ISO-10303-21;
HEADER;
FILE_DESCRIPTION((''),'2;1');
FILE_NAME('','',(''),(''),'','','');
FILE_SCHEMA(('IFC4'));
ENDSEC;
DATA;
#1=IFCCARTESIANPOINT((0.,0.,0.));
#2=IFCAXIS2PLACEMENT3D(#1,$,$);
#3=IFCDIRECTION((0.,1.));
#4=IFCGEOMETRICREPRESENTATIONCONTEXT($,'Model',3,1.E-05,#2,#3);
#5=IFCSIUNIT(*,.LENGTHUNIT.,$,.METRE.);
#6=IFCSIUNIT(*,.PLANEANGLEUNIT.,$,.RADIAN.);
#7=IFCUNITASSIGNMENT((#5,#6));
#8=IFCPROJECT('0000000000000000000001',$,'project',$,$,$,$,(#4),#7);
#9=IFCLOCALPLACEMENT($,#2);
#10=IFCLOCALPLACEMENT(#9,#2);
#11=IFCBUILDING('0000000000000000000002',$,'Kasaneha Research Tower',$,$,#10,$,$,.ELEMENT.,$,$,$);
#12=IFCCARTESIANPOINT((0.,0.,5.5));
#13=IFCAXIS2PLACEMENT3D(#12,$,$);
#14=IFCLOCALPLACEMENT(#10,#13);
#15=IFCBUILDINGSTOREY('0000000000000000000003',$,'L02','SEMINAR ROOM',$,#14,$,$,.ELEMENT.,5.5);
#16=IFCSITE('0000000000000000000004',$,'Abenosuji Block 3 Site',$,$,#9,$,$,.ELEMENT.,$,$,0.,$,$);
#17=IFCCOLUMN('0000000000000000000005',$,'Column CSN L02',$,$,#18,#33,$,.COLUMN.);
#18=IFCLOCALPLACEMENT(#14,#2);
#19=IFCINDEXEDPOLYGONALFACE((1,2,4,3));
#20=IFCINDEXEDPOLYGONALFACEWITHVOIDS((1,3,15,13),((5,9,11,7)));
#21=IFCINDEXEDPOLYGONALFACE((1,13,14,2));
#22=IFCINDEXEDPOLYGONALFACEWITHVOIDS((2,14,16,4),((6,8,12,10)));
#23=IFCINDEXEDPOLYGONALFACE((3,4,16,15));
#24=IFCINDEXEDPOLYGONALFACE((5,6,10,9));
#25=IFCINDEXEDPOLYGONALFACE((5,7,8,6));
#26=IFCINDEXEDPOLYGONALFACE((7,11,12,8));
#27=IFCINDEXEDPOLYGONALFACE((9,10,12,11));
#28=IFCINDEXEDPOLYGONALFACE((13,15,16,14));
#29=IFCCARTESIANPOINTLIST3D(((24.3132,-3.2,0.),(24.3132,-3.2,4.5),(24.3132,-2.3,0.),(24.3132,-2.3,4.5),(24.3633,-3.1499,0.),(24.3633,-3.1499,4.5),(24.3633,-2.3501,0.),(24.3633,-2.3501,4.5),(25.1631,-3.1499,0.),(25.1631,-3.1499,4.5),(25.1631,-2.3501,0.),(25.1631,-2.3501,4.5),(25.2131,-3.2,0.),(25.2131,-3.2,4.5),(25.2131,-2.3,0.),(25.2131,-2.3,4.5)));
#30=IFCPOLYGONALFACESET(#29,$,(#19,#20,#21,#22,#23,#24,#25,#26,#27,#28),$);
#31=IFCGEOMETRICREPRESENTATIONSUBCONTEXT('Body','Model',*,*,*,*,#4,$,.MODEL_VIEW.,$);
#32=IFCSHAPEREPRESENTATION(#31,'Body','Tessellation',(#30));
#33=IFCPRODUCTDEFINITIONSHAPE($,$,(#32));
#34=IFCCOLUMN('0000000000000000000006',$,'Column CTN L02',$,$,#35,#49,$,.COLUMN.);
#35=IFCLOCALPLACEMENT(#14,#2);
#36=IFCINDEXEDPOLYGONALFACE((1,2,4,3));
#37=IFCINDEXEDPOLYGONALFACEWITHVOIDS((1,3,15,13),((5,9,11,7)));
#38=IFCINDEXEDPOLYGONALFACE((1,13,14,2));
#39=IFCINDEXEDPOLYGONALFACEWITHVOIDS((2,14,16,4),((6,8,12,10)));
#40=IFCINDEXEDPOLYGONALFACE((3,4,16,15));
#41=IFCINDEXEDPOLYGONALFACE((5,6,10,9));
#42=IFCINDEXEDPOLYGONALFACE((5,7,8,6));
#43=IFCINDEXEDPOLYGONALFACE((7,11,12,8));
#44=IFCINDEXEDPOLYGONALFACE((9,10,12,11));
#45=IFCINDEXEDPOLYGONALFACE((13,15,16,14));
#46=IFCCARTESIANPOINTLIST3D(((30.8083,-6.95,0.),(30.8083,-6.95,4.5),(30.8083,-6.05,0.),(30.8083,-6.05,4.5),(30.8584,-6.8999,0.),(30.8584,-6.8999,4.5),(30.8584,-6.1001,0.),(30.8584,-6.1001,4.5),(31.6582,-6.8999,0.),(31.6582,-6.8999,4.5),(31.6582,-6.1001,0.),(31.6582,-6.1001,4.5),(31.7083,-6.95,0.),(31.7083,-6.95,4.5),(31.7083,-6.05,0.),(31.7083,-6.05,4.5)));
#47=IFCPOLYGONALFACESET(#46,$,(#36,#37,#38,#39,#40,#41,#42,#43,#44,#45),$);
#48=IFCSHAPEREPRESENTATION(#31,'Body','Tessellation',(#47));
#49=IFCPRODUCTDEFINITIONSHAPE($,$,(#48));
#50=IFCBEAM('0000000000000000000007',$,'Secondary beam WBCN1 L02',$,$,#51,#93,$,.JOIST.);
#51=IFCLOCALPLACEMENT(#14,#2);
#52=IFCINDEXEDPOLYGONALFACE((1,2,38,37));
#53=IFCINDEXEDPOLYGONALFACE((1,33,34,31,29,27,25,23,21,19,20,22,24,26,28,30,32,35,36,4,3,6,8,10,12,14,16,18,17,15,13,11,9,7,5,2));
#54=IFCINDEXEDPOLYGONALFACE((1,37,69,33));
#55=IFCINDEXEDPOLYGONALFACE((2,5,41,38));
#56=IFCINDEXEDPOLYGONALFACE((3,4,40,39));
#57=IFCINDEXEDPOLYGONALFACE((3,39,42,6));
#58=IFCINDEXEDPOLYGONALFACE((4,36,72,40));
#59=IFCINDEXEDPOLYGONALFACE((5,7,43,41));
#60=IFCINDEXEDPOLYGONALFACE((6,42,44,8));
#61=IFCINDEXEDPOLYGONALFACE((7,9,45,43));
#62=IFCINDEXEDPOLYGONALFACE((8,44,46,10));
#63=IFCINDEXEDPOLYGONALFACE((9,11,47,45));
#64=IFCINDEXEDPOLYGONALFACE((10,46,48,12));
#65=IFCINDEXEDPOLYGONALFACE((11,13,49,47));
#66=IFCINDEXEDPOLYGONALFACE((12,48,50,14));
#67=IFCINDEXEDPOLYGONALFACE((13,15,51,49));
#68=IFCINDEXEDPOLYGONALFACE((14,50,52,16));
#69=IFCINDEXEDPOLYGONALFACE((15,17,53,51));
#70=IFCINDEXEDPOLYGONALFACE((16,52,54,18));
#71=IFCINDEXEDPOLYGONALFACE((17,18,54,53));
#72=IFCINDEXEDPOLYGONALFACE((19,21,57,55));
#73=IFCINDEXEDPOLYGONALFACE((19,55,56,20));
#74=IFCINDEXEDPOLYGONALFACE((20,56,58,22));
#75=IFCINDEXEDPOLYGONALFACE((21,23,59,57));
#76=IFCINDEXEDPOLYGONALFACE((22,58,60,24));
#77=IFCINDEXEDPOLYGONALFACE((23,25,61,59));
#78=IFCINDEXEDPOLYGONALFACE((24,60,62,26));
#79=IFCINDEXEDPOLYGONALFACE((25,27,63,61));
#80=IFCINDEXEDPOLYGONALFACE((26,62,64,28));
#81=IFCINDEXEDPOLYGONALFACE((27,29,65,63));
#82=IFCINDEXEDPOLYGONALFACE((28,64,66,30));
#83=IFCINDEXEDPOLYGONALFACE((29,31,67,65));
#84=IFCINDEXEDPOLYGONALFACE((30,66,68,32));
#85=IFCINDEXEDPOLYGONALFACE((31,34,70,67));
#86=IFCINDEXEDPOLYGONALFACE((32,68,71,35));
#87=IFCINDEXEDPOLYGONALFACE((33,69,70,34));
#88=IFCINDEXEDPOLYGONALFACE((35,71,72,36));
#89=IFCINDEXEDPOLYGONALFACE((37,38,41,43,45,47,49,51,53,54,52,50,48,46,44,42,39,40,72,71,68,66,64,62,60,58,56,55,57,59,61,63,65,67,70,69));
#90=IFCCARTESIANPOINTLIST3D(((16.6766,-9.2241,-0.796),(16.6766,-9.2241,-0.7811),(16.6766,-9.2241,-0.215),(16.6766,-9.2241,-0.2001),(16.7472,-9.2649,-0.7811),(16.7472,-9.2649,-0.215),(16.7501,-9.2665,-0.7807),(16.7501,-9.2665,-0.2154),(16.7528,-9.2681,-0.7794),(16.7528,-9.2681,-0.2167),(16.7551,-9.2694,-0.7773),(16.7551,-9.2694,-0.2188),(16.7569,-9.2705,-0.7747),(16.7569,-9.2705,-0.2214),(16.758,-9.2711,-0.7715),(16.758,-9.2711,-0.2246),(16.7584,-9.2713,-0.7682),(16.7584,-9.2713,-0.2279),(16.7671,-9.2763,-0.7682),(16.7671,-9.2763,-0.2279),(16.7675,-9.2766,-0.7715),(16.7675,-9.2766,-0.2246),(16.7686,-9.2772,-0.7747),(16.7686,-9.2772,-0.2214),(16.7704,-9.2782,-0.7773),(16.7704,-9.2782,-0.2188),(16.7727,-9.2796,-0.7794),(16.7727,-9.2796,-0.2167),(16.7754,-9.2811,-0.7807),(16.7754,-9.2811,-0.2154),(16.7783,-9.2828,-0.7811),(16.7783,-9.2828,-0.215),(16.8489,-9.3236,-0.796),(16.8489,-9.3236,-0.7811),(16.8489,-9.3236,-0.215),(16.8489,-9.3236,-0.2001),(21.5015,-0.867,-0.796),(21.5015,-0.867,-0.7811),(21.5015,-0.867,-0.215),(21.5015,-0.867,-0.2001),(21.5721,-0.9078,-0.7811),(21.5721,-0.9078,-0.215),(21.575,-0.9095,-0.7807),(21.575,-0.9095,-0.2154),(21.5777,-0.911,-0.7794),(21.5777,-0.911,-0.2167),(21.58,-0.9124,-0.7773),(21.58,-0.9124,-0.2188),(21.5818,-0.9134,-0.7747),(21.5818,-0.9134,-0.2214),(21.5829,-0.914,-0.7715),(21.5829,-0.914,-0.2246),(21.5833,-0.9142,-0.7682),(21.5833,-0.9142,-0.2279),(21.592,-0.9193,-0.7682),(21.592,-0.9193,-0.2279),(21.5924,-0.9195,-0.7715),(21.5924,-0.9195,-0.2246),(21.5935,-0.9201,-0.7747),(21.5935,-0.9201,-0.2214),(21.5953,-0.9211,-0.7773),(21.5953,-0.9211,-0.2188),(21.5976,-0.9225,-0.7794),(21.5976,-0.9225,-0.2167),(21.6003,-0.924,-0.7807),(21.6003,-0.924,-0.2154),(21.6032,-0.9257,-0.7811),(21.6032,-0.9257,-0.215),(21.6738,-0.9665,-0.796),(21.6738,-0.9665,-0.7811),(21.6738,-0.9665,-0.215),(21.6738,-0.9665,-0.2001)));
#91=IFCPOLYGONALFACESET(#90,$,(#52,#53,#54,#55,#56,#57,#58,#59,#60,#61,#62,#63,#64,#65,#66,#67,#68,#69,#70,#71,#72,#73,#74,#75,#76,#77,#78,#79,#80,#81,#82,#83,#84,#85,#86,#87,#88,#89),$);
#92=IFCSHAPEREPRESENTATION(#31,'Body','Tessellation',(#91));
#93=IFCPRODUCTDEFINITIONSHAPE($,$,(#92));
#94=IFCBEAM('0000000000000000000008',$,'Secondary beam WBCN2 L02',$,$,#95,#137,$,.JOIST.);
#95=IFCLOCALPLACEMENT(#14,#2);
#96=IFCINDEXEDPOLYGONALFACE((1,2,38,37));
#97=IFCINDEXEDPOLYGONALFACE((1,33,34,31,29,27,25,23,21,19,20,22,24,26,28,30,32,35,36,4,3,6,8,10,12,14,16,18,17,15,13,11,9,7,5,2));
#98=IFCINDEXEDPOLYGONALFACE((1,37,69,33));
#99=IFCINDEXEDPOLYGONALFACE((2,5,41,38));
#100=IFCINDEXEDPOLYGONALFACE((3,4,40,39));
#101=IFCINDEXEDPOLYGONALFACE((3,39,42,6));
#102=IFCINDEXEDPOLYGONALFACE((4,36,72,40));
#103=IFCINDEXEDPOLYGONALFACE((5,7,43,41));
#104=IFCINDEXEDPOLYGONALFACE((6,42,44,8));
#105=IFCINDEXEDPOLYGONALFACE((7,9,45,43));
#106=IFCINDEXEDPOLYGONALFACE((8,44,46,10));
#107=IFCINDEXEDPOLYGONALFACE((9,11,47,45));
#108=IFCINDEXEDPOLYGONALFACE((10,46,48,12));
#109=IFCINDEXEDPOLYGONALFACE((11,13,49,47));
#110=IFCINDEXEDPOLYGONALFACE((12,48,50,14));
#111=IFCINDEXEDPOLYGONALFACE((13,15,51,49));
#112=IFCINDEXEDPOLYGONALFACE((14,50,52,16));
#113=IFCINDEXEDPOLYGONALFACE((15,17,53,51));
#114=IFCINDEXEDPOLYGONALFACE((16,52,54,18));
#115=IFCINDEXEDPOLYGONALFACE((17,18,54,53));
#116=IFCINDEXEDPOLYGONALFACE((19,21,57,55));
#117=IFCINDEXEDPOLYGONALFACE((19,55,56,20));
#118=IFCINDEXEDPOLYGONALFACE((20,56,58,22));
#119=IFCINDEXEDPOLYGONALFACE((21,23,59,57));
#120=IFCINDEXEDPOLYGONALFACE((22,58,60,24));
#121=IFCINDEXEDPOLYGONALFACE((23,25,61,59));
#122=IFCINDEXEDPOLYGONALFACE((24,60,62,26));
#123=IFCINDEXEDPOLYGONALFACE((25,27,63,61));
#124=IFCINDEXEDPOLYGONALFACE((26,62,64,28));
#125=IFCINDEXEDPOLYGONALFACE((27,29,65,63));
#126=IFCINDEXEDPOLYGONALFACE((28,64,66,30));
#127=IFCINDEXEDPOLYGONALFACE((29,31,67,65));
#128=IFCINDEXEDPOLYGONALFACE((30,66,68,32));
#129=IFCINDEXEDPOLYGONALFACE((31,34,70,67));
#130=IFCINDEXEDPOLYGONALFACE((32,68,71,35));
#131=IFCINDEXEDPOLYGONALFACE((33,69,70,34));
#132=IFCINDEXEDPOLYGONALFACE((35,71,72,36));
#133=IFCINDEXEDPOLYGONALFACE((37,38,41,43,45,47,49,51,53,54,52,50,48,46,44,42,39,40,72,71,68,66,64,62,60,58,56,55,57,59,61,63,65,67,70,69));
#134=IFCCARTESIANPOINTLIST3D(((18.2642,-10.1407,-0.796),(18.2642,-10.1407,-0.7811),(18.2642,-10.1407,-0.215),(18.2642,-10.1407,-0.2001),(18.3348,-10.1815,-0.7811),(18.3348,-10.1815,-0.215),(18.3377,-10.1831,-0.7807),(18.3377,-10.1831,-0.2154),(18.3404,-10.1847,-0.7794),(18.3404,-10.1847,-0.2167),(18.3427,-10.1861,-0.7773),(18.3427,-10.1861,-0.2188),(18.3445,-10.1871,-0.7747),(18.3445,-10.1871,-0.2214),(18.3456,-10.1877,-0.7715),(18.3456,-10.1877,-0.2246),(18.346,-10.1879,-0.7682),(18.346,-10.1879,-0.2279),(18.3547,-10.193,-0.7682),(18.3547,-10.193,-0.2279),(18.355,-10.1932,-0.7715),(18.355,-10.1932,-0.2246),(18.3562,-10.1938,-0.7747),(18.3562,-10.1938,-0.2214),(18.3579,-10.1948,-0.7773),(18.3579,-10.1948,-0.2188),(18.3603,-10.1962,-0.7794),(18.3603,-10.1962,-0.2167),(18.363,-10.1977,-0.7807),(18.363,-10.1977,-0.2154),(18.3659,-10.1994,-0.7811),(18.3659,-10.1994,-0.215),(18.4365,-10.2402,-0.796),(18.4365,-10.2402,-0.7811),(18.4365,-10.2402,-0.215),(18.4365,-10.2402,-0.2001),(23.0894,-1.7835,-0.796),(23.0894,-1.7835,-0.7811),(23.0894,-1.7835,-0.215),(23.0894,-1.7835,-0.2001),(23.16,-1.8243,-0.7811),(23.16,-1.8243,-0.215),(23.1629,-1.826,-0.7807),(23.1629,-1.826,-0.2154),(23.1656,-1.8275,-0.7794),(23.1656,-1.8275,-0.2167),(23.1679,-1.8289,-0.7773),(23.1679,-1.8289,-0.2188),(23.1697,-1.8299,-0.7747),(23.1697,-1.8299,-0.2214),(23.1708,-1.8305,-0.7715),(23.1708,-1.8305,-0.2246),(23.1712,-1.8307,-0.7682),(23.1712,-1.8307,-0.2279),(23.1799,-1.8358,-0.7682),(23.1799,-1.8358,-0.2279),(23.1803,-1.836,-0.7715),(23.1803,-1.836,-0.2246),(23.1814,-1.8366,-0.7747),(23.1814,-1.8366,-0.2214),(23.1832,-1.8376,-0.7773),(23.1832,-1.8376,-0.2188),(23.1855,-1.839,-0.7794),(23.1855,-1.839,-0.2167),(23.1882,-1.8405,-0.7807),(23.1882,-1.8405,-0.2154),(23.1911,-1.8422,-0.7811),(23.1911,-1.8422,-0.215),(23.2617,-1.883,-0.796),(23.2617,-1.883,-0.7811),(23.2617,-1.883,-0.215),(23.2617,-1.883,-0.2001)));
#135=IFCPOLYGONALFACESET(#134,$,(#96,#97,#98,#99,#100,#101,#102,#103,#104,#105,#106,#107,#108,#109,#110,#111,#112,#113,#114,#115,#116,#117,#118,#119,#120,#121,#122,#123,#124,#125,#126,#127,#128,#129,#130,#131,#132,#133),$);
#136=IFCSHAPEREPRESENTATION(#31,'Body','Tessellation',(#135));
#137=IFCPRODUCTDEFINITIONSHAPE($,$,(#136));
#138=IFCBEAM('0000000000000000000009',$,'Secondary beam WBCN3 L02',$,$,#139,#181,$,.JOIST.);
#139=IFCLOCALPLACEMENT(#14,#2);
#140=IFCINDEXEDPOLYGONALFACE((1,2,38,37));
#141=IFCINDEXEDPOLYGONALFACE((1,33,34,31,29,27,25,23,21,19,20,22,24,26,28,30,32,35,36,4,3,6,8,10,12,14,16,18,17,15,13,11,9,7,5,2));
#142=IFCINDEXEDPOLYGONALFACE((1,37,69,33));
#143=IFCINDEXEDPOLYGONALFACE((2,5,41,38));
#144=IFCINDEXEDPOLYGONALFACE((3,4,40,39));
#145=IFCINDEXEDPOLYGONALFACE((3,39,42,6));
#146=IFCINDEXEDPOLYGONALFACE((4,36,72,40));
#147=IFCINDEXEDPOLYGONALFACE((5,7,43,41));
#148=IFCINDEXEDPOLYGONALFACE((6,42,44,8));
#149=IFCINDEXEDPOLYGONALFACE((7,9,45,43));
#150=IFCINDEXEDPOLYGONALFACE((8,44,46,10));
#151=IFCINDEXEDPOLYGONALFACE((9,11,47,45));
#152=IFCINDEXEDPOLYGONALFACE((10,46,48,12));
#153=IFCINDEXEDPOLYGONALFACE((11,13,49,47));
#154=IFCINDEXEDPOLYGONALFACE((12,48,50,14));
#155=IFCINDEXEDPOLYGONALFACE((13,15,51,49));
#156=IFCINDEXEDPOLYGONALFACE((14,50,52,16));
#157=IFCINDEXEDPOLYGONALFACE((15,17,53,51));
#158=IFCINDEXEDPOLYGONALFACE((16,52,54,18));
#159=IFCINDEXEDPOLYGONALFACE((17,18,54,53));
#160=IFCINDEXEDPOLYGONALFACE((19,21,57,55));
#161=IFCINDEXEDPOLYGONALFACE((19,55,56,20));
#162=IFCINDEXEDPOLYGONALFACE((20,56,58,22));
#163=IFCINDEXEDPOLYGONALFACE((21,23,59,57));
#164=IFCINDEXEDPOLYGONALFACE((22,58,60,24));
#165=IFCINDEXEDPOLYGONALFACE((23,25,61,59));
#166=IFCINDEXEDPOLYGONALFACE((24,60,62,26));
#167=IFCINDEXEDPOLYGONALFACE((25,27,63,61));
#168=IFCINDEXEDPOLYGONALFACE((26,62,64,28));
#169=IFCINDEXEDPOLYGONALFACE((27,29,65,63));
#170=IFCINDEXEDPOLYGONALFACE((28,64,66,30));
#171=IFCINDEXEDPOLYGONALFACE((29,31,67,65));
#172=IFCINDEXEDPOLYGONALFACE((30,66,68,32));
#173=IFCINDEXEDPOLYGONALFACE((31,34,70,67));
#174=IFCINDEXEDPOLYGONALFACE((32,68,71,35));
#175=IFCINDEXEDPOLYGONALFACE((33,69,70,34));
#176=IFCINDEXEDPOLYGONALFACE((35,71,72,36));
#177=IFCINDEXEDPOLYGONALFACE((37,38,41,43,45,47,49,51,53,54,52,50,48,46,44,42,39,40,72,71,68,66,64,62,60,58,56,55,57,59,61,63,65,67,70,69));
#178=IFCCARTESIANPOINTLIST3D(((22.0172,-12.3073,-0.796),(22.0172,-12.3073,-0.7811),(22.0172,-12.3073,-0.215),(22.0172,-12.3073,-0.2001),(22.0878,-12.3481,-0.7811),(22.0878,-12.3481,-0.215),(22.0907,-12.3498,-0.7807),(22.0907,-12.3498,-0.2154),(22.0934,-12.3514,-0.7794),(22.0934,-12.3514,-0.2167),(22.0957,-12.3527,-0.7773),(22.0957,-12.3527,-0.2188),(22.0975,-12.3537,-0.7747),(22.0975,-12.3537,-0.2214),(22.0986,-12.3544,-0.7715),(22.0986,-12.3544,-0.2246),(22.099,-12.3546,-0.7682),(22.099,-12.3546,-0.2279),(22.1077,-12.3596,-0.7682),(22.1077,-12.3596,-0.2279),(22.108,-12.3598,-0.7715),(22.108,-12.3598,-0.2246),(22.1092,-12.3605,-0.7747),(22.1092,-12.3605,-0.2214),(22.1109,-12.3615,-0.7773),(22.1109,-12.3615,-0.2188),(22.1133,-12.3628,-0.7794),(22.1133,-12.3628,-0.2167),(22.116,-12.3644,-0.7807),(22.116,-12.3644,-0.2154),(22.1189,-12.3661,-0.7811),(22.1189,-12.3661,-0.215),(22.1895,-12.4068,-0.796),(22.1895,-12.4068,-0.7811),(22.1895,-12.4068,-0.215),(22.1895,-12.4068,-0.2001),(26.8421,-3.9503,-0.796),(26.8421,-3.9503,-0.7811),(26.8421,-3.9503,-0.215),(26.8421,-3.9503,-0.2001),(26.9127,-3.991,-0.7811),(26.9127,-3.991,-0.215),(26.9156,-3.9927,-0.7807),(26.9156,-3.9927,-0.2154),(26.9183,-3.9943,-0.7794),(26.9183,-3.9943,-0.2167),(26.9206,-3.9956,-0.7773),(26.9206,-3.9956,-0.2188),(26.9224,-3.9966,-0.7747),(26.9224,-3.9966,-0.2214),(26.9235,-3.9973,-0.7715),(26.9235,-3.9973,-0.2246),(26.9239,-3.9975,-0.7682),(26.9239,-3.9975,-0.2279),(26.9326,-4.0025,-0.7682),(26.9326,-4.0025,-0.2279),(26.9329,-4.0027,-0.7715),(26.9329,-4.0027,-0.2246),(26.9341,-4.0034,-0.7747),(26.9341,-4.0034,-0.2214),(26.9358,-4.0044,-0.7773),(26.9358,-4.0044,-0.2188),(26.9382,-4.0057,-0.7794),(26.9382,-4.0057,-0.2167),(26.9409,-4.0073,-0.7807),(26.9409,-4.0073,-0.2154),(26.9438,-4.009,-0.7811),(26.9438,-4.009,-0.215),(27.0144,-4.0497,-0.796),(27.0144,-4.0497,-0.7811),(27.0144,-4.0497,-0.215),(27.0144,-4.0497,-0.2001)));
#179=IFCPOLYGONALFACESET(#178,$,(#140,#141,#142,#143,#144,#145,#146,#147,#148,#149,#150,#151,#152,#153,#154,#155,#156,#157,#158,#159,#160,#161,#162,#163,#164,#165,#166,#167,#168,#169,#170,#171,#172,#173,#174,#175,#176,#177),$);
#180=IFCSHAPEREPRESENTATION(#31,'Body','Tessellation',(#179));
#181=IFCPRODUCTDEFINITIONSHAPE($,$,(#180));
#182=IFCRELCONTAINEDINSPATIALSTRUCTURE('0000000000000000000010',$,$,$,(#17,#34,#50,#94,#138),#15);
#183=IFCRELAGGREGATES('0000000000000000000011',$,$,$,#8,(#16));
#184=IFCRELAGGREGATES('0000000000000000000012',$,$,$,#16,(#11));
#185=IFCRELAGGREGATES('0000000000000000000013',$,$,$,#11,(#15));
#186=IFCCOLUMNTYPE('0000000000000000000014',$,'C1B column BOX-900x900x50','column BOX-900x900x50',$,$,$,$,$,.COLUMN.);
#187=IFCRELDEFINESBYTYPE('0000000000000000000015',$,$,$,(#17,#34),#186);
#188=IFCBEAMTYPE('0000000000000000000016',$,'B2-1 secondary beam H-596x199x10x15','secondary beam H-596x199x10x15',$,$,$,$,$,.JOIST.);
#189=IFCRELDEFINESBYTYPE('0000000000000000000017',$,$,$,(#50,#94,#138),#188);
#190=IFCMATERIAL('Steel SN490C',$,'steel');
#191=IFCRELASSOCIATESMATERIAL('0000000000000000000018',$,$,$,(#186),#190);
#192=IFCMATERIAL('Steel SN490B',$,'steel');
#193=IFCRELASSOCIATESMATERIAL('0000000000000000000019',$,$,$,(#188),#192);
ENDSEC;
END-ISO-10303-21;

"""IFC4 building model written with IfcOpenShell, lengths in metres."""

from ifc_helpers import new_model, si_unit, direction, frame, origin, origin_2d, place, context, subcontext, project, spatial, hollow_rectangle, i_section, extrude, material, material_profile, profile_set, type_object, element, save


model = new_model("IFC4")

# Units and contexts
model_context = context("Model", 3, precision=1e-05, world=origin(), true_north=direction((0.0, 1.0)))
body_context = subcontext(model_context, "Body", "Model", "MODEL_VIEW")
ifc_project = project(units=[si_unit("LENGTHUNIT", "METRE"), si_unit("PLANEANGLEUNIT", "RADIAN")], contexts=[model_context])

# Site, building, storey
site_placement = place(None, origin())
site = spatial("IfcSite", under=ifc_project, at=site_placement, Name="Abenosuji Block 3 Site", CompositionType="ELEMENT", RefElevation=0.0)
building_placement = place(site_placement, origin())
building = spatial("IfcBuilding", under=site, at=building_placement, Name="Kasaneha Research Tower", CompositionType="ELEMENT")
storey_placement = place(building_placement, frame((0.0, 0.0, 5.5)))
storey = spatial("IfcBuildingStorey", under=building, at=storey_placement, Name="L02", Description="SEMINAR ROOM", CompositionType="ELEMENT", Elevation=5.5)

# Columns
ifc_material_1 = material(Name="Steel SN490C", Category="steel")
ifc_material_profile_1 = material_profile(ifc_material_1, hollow_rectangle(XDim=0.8999, YDim=0.8999, WallThickness=0.05, at=origin_2d()), Name="BOX-900x900x50")
ifc_profile_set_1 = profile_set([ifc_material_profile_1], Name="Steel SN490C")
column_type = type_object("IfcColumnType", Name="C1B column BOX-900x900x50", Description="column BOX-900x900x50", PredefinedType="COLUMN", material=ifc_profile_set_1)
for number, where, z_axis, x_axis, name in (
    (1, (24.7632, -2.75, 0.0), (0.0, 0.0, 1.0), (1.0, 0.0, 0.0), "Column CSN L02"),
    (2, (31.2583, -6.5, 0.0), (0.0, 0.0, 1.0), (1.0, 0.0, 0.0), "Column CTN L02"),
):
    element("IfcColumn", number, at=place(storey_placement, frame(where, z_axis=z_axis, x_axis=x_axis)), inside=storey, type_object=column_type, Name=name, PredefinedType="COLUMN", context=body_context, shape_type="SweptSolid", body=[
        extrude(hollow_rectangle(XDim=0.8999, YDim=0.8999, WallThickness=0.05, at=origin_2d()), origin(), (0.0, 0.0, 1.0), 4.5),
    ])

# Beams
ifc_material_2 = material(Name="Steel SN490B", Category="steel")
ifc_material_profile_2 = material_profile(ifc_material_2, i_section(OverallWidth=0.199, OverallDepth=0.5959, WebThickness=0.01, FlangeThickness=0.0149, FilletRadius=0.0129, at=origin_2d()), Name="H-596x199x10x15")
ifc_profile_set_2 = profile_set([ifc_material_profile_2], Name="Steel SN490B")
beam_type_1 = type_object("IfcBeamType", Name="B2-1 secondary beam H-596x199x10x15", Description="secondary beam H-596x199x10x15", PredefinedType="JOIST", material=ifc_profile_set_2)
beam_1_placement = place(storey_placement, frame((21.5876, -0.9167, -0.498), z_axis=(-0.499995, -0.866028, 0.0), x_axis=(0.866028, -0.499995, 0.0)))
element("IfcBeam", 3, at=beam_1_placement, inside=storey, type_object=beam_type_1, Name="Secondary beam WBCN1 L02", PredefinedType="JOIST", context=body_context, shape_type="SweptSolid", body=[
    extrude(i_section(OverallWidth=0.199, OverallDepth=0.5959, WebThickness=0.01, FlangeThickness=0.0149, FilletRadius=0.0129, at=origin_2d()), origin(), (0.0, 0.0, 1.0), 9.6499),
])
beam_2_placement = place(storey_placement, frame((23.1755, -1.8333, -0.498), z_axis=(-0.500014, -0.866017, 0.0), x_axis=(0.866017, -0.500014, 0.0)))
element("IfcBeam", 4, at=beam_2_placement, inside=storey, type_object=beam_type_1, Name="Secondary beam WBCN2 L02", PredefinedType="JOIST", context=body_context, shape_type="SweptSolid", body=[
    extrude(i_section(OverallWidth=0.199, OverallDepth=0.5959, WebThickness=0.01, FlangeThickness=0.0149, FilletRadius=0.0129, at=origin_2d()), origin(), (0.0, 0.0, 1.0), 9.6501),
])
for number, where, z_axis, x_axis, name in (
    (5, (26.9282, -4.0, -0.498), (-0.499995, -0.866028, 0.0), (0.866028, -0.499995, 0.0), "Secondary beam WBCN3 L02"),
):
    element("IfcBeam", number, at=place(storey_placement, frame(where, z_axis=z_axis, x_axis=x_axis)), inside=storey, type_object=beam_type_1, Name=name, PredefinedType="JOIST", context=body_context, shape_type="SweptSolid", body=[
        extrude(i_section(OverallWidth=0.199, OverallDepth=0.5959, WebThickness=0.01, FlangeThickness=0.0149, FilletRadius=0.0129, at=origin_2d()), origin(), (0.0, 0.0, 1.0), 9.6499),
    ])

save(model, "model.ifc")
